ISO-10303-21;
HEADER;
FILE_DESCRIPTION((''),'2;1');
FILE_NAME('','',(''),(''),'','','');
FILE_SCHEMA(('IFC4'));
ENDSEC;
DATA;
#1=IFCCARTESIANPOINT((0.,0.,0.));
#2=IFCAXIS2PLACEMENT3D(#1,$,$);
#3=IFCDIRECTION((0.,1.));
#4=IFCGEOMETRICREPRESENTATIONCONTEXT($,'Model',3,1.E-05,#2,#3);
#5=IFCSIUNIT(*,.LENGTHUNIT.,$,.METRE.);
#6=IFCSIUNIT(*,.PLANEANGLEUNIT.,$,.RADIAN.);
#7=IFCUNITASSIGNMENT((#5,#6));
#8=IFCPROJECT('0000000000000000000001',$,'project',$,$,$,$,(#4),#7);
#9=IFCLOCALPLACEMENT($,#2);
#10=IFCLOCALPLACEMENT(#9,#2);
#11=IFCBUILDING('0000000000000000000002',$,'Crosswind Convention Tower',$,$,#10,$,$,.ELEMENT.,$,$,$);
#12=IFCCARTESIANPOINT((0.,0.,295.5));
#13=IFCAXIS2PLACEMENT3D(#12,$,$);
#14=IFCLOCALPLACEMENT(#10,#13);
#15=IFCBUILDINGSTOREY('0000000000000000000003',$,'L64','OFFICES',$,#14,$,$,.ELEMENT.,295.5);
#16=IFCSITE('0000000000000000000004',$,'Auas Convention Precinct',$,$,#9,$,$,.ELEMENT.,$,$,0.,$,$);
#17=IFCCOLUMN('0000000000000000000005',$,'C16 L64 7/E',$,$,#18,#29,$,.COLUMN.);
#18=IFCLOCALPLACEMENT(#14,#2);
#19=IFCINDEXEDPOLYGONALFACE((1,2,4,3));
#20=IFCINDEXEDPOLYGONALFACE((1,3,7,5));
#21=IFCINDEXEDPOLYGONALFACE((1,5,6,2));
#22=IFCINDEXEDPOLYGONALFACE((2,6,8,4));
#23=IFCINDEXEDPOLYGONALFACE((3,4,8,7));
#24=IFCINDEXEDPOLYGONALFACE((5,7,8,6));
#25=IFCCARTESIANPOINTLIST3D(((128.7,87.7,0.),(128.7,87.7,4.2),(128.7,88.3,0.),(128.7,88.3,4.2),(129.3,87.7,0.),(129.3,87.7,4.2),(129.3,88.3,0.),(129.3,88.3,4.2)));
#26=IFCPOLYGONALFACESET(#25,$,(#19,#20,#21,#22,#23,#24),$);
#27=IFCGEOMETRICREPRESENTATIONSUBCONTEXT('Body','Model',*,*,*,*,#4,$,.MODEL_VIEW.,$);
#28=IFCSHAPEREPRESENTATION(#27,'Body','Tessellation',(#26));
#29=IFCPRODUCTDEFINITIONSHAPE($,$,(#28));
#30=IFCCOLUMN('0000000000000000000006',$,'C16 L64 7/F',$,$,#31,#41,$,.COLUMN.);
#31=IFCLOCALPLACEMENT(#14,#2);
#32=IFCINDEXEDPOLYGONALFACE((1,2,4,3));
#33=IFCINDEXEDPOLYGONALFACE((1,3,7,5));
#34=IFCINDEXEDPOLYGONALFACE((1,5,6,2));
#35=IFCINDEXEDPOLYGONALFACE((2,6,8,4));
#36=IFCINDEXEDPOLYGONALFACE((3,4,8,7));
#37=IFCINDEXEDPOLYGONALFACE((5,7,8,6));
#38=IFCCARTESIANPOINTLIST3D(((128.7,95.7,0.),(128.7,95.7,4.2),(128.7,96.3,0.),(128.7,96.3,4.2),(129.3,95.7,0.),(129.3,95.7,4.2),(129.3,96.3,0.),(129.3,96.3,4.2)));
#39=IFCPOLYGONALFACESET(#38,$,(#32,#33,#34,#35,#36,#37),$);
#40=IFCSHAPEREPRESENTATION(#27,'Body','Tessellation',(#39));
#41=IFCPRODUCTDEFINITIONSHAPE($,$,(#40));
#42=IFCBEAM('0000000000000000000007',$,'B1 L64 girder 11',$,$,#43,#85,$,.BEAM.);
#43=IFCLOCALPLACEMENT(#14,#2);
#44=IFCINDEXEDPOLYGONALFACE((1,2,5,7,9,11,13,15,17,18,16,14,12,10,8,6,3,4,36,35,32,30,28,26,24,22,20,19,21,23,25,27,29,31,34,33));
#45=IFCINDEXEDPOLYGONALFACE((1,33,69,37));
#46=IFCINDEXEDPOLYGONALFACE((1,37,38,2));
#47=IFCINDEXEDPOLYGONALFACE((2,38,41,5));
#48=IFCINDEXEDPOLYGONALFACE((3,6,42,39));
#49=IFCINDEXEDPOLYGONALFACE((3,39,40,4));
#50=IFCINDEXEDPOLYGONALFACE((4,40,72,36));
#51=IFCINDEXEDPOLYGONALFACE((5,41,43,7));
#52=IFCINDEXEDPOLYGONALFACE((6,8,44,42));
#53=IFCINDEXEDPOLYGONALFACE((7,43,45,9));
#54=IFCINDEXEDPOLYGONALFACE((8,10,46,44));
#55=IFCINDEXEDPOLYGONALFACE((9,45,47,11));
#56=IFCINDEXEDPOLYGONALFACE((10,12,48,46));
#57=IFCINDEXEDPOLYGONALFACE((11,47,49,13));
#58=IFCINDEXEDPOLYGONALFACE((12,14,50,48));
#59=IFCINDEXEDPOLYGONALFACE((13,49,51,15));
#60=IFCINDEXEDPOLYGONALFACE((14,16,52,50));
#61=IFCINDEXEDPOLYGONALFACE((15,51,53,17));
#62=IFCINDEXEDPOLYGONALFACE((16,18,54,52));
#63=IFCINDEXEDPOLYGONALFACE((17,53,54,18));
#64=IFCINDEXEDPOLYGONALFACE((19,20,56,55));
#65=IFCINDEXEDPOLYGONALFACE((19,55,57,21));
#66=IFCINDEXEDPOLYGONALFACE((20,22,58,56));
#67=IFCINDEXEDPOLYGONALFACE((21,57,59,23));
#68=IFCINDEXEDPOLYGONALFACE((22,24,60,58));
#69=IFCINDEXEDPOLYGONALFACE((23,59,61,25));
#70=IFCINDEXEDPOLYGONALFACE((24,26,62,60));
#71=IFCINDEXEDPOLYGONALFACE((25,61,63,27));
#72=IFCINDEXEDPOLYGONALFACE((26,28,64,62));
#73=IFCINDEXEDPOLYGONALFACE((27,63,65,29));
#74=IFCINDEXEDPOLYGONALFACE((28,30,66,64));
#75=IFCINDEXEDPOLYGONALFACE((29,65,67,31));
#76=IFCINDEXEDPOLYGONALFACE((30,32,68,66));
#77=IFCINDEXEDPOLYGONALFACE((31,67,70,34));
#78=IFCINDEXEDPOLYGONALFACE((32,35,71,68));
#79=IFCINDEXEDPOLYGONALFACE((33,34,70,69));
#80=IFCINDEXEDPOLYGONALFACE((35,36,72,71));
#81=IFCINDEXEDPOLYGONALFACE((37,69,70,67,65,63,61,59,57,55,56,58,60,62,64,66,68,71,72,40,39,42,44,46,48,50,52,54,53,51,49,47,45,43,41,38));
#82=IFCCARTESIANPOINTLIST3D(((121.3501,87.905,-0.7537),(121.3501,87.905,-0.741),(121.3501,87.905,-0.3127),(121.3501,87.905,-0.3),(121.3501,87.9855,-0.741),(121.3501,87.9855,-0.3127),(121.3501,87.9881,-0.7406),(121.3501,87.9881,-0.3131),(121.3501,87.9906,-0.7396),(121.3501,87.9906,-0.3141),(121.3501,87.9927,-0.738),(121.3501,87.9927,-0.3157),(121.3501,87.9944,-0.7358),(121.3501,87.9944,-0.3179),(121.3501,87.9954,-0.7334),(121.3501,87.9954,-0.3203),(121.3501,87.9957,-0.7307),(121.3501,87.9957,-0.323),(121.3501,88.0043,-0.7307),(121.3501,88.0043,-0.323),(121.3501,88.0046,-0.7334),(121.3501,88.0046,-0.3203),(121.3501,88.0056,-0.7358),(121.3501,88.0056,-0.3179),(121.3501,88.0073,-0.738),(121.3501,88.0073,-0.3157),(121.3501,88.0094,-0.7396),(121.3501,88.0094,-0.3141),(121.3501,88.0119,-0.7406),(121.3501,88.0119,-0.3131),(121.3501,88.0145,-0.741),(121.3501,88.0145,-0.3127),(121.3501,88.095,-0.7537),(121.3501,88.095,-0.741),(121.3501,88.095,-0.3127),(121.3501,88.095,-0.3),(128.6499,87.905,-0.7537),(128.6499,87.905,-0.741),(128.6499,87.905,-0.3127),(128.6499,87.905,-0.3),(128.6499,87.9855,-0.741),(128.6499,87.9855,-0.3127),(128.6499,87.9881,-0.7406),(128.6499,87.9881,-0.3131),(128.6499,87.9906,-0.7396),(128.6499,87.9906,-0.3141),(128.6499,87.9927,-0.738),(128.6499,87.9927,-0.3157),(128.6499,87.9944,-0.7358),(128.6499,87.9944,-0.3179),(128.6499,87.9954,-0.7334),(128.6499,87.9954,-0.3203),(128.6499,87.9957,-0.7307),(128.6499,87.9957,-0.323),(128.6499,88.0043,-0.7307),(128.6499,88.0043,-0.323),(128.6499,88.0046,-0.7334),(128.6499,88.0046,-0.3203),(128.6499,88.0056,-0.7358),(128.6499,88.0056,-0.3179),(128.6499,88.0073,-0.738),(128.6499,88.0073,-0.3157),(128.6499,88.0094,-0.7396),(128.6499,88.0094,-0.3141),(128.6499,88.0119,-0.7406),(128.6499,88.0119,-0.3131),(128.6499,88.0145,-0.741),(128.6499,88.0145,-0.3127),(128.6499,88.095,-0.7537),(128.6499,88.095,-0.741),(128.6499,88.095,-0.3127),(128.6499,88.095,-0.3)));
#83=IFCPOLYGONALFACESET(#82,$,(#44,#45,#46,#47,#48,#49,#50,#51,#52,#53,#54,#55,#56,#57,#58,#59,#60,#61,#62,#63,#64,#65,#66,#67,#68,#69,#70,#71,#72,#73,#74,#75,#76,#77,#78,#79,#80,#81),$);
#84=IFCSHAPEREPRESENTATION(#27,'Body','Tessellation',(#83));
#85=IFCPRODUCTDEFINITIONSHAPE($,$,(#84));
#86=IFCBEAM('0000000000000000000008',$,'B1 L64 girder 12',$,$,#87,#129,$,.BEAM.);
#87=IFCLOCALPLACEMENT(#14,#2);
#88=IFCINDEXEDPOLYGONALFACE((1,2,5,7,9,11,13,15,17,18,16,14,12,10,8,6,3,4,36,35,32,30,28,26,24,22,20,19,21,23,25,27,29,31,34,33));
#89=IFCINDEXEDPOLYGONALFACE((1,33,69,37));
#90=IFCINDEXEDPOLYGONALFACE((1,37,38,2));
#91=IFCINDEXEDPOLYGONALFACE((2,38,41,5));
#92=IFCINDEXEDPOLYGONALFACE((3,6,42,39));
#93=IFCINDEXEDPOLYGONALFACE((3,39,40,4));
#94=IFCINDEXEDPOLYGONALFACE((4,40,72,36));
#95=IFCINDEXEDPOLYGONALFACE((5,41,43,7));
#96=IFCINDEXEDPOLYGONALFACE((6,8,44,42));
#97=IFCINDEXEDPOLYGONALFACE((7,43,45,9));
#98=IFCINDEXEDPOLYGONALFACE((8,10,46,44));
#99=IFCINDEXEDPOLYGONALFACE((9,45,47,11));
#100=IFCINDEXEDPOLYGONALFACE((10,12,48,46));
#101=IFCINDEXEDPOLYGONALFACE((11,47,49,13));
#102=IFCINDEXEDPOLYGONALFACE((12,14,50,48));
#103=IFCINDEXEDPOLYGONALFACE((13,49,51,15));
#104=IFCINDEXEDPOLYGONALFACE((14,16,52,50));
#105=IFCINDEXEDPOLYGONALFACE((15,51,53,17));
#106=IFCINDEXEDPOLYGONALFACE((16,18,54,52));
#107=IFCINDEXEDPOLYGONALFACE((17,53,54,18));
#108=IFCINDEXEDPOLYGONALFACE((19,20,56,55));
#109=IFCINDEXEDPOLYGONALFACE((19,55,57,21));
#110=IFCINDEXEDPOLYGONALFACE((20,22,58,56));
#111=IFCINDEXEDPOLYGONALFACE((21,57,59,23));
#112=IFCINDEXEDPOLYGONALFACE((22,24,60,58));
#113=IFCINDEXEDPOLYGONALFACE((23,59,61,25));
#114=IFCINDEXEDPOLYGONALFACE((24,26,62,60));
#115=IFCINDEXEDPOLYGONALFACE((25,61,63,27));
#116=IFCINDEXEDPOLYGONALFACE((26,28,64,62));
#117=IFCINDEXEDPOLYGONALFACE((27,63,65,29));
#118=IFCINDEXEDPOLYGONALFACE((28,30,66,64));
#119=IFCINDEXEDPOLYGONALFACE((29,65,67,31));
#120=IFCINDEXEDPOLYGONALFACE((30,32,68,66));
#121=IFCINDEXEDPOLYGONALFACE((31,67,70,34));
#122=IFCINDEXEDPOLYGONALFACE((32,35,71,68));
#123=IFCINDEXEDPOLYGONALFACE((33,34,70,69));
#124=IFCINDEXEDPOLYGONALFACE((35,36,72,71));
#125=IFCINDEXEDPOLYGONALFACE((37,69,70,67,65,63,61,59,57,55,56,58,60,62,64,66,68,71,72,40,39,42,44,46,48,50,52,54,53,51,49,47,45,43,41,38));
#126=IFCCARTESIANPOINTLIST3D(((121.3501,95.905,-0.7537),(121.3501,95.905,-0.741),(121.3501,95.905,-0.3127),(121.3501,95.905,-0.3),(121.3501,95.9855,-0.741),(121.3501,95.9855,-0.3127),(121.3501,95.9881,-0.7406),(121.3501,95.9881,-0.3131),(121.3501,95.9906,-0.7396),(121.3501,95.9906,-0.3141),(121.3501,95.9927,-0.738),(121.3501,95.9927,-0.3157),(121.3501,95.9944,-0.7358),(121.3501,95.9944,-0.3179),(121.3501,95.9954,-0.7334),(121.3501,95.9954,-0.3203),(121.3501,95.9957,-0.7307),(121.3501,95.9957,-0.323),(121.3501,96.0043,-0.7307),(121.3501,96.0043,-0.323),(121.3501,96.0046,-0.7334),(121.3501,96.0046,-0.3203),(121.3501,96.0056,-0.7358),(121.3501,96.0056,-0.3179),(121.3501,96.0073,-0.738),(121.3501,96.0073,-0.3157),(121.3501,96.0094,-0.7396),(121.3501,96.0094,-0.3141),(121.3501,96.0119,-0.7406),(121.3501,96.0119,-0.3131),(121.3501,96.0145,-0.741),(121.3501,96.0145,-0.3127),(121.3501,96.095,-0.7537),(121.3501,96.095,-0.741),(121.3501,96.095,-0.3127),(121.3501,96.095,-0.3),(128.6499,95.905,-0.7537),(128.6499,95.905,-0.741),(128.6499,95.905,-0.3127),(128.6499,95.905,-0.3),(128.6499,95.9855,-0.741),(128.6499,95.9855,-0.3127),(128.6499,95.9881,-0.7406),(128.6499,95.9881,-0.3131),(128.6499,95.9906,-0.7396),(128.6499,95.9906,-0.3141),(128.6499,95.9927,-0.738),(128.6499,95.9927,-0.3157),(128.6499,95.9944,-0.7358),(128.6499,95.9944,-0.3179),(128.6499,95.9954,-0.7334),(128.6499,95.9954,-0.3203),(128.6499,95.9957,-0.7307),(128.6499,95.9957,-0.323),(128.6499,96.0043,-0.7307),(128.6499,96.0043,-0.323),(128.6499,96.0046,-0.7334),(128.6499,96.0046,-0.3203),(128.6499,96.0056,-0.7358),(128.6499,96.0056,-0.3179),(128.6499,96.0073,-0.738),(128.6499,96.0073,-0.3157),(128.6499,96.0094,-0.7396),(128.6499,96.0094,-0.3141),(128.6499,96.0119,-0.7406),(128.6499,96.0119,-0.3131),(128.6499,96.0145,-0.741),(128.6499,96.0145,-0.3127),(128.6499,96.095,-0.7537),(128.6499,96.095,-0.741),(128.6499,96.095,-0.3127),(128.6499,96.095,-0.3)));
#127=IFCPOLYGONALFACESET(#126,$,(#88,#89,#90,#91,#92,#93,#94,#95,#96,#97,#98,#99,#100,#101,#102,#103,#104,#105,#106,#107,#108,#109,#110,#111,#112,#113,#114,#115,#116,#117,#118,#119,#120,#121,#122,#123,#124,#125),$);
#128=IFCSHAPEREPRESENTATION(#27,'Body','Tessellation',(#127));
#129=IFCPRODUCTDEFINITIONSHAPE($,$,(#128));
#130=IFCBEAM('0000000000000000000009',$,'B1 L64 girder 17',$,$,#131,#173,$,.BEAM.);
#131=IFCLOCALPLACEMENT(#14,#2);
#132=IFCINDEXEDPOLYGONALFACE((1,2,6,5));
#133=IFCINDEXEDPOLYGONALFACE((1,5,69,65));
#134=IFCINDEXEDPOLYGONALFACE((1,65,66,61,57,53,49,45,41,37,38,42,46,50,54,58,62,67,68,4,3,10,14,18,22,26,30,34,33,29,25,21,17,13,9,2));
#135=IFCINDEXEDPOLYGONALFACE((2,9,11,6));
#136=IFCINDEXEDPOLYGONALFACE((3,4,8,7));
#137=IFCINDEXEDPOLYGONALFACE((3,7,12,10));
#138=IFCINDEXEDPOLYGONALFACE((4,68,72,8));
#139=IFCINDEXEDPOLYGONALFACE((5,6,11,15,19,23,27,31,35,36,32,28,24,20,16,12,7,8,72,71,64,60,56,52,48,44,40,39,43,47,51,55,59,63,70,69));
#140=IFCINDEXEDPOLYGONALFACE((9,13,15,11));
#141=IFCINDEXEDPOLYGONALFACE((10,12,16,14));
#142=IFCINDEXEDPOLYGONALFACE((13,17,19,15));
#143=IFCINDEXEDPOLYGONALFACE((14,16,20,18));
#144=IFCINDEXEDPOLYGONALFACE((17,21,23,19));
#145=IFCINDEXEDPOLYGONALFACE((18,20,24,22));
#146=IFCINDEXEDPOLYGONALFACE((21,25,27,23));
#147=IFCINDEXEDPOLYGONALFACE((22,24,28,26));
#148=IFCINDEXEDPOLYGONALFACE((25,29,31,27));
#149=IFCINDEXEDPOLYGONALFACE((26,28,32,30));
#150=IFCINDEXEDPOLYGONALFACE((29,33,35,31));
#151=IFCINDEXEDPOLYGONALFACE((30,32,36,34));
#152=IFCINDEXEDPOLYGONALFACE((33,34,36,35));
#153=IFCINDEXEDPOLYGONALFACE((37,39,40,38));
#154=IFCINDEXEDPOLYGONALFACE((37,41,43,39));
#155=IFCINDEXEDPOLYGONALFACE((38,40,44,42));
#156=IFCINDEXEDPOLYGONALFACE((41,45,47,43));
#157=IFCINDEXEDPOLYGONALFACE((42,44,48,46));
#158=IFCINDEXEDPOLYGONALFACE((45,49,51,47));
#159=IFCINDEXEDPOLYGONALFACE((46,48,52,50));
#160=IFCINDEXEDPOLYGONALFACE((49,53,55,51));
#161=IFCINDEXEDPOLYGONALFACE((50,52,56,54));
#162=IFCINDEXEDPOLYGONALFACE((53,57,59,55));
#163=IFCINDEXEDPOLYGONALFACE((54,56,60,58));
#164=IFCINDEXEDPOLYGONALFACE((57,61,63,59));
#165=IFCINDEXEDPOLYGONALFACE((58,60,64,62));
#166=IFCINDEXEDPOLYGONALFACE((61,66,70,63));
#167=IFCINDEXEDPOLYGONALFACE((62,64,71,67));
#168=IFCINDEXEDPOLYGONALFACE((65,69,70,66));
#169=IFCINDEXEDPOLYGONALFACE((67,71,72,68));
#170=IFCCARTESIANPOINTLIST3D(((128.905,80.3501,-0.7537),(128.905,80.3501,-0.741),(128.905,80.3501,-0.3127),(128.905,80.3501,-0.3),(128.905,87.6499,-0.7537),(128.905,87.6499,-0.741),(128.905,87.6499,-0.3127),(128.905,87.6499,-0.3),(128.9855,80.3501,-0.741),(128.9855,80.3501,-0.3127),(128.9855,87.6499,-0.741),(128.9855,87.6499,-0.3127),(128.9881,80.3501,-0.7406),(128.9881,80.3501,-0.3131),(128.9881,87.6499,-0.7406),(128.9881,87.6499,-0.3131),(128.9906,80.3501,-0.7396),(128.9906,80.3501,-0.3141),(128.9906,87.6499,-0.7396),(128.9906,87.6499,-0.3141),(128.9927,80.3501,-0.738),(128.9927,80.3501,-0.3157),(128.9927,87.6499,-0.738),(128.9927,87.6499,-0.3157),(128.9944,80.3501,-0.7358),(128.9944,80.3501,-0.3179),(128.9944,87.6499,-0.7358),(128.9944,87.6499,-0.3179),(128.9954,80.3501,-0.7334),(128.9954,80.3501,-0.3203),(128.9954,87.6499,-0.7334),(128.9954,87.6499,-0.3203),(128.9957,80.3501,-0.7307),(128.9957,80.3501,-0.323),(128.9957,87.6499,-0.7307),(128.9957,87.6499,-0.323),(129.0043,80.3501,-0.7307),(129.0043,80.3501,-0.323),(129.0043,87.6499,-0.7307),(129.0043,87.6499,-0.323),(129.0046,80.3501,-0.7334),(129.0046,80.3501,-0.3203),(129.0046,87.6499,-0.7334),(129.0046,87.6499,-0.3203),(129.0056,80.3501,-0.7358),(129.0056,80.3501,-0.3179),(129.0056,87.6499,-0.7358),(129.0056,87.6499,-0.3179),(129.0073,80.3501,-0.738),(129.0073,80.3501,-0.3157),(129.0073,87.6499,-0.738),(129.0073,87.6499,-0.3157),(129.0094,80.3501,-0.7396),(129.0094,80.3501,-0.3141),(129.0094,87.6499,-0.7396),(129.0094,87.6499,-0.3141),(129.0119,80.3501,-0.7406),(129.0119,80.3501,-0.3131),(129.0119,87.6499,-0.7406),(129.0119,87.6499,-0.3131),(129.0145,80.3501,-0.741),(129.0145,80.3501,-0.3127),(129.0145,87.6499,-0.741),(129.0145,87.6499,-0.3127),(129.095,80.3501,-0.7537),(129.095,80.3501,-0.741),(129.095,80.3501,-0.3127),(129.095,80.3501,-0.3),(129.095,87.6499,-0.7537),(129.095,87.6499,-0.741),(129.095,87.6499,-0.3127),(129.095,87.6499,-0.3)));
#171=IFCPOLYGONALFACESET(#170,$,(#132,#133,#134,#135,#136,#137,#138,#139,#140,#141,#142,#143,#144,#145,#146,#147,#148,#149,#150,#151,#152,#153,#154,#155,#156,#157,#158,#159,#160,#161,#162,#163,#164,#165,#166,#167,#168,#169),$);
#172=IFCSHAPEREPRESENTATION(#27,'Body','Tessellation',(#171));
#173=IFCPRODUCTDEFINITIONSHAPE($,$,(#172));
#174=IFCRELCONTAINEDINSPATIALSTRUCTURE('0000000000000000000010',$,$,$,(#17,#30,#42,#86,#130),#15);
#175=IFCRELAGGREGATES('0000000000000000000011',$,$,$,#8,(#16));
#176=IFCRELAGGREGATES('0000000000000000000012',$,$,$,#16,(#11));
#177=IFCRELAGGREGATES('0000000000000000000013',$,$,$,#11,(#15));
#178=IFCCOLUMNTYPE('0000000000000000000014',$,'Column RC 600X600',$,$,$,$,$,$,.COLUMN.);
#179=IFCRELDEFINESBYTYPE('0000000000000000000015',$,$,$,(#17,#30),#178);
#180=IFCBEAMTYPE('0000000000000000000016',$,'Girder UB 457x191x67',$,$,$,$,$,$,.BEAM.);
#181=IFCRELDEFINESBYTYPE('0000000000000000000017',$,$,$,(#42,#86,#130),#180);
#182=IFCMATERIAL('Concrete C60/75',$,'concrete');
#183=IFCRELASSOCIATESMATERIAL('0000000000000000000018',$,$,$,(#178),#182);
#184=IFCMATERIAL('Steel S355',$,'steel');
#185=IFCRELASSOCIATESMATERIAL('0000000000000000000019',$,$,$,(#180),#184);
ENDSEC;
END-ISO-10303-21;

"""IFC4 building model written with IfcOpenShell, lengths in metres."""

from ifc_helpers import new_model, si_unit, direction, frame, origin, origin_2d, place, context, subcontext, project, spatial, rectangle, i_section, extrude, material, material_profile, profile_set, type_object, element, save


model = new_model("IFC4")

# Units and contexts
model_context = context("Model", 3, precision=1e-05, world=origin(), true_north=direction((0.0, 1.0)))
body_context = subcontext(model_context, "Body", "Model", "MODEL_VIEW")
ifc_project = project(units=[si_unit("LENGTHUNIT", "METRE"), si_unit("PLANEANGLEUNIT", "RADIAN")], contexts=[model_context])

# Site, building, storey
site_placement = place(None, origin())
site = spatial("IfcSite", under=ifc_project, at=site_placement, Name="Auas Convention Precinct", CompositionType="ELEMENT", RefElevation=0.0)
building_placement = place(site_placement, origin())
building = spatial("IfcBuilding", under=site, at=building_placement, Name="Crosswind Convention Tower", CompositionType="ELEMENT")
storey_placement = place(building_placement, frame((0.0, 0.0, 295.5)))
storey = spatial("IfcBuildingStorey", under=building, at=storey_placement, Name="L64", Description="OFFICES", CompositionType="ELEMENT", Elevation=295.5)

# Columns
ifc_material_1 = material(Name="Concrete C60/75", Category="concrete")
ifc_material_profile_1 = material_profile(ifc_material_1, rectangle(XDim=0.6001, YDim=0.6001, at=origin_2d()), Name="RC 600X600")
ifc_profile_set_1 = profile_set([ifc_material_profile_1], Name="Concrete C60/75")
column_type = type_object("IfcColumnType", Name="Column RC 600X600", PredefinedType="COLUMN", material=ifc_profile_set_1)
for number, where, z_axis, x_axis, name in (
    (1, (129.0, 88.0, 0.0), (0.0, 0.0, 1.0), (1.0, 0.0, 0.0), "C16 L64 7/E"),
    (2, (129.0, 96.0, 0.0), (0.0, 0.0, 1.0), (1.0, 0.0, 0.0), "C16 L64 7/F"),
):
    element("IfcColumn", number, at=place(storey_placement, frame(where, z_axis=z_axis, x_axis=x_axis)), inside=storey, type_object=column_type, Name=name, PredefinedType="COLUMN", context=body_context, shape_type="SweptSolid", body=[
        extrude(rectangle(XDim=0.6001, YDim=0.6001, at=origin_2d()), origin(), (0.0, 0.0, 1.0), 4.2),
    ])

# Beams
ifc_material_2 = material(Name="Steel S355", Category="steel")
ifc_material_profile_2 = material_profile(ifc_material_2, i_section(OverallWidth=0.1899, OverallDepth=0.4536, WebThickness=0.0085, FlangeThickness=0.0127, FilletRadius=0.0103, at=origin_2d()), Name="UB 457x191x67")
ifc_profile_set_2 = profile_set([ifc_material_profile_2], Name="Steel S355")
beam_type_1 = type_object("IfcBeamType", Name="Girder UB 457x191x67", PredefinedType="BEAM", material=ifc_profile_set_2)
for number, where, z_axis, x_axis, name in (
    (3, (121.3501, 88.0, -0.5269), (1.0, 0.0, 0.0), (0.0, 1.0, 0.0), "B1 L64 girder 11"),
    (4, (121.3501, 96.0, -0.5269), (1.0, 0.0, 0.0), (0.0, 1.0, 0.0), "B1 L64 girder 12"),
    (5, (129.0, 80.3501, -0.5269), (0.0, 1.0, 0.0), (-1.0, 0.0, 0.0), "B1 L64 girder 17"),
):
    element("IfcBeam", number, at=place(storey_placement, frame(where, z_axis=z_axis, x_axis=x_axis)), inside=storey, type_object=beam_type_1, Name=name, PredefinedType="BEAM", context=body_context, shape_type="SweptSolid", body=[
        extrude(i_section(OverallWidth=0.1899, OverallDepth=0.4536, WebThickness=0.0085, FlangeThickness=0.0127, FilletRadius=0.0103, at=origin_2d()), origin(), (0.0, 0.0, 1.0), 7.2998),
    ])

save(model, "model.ifc")
